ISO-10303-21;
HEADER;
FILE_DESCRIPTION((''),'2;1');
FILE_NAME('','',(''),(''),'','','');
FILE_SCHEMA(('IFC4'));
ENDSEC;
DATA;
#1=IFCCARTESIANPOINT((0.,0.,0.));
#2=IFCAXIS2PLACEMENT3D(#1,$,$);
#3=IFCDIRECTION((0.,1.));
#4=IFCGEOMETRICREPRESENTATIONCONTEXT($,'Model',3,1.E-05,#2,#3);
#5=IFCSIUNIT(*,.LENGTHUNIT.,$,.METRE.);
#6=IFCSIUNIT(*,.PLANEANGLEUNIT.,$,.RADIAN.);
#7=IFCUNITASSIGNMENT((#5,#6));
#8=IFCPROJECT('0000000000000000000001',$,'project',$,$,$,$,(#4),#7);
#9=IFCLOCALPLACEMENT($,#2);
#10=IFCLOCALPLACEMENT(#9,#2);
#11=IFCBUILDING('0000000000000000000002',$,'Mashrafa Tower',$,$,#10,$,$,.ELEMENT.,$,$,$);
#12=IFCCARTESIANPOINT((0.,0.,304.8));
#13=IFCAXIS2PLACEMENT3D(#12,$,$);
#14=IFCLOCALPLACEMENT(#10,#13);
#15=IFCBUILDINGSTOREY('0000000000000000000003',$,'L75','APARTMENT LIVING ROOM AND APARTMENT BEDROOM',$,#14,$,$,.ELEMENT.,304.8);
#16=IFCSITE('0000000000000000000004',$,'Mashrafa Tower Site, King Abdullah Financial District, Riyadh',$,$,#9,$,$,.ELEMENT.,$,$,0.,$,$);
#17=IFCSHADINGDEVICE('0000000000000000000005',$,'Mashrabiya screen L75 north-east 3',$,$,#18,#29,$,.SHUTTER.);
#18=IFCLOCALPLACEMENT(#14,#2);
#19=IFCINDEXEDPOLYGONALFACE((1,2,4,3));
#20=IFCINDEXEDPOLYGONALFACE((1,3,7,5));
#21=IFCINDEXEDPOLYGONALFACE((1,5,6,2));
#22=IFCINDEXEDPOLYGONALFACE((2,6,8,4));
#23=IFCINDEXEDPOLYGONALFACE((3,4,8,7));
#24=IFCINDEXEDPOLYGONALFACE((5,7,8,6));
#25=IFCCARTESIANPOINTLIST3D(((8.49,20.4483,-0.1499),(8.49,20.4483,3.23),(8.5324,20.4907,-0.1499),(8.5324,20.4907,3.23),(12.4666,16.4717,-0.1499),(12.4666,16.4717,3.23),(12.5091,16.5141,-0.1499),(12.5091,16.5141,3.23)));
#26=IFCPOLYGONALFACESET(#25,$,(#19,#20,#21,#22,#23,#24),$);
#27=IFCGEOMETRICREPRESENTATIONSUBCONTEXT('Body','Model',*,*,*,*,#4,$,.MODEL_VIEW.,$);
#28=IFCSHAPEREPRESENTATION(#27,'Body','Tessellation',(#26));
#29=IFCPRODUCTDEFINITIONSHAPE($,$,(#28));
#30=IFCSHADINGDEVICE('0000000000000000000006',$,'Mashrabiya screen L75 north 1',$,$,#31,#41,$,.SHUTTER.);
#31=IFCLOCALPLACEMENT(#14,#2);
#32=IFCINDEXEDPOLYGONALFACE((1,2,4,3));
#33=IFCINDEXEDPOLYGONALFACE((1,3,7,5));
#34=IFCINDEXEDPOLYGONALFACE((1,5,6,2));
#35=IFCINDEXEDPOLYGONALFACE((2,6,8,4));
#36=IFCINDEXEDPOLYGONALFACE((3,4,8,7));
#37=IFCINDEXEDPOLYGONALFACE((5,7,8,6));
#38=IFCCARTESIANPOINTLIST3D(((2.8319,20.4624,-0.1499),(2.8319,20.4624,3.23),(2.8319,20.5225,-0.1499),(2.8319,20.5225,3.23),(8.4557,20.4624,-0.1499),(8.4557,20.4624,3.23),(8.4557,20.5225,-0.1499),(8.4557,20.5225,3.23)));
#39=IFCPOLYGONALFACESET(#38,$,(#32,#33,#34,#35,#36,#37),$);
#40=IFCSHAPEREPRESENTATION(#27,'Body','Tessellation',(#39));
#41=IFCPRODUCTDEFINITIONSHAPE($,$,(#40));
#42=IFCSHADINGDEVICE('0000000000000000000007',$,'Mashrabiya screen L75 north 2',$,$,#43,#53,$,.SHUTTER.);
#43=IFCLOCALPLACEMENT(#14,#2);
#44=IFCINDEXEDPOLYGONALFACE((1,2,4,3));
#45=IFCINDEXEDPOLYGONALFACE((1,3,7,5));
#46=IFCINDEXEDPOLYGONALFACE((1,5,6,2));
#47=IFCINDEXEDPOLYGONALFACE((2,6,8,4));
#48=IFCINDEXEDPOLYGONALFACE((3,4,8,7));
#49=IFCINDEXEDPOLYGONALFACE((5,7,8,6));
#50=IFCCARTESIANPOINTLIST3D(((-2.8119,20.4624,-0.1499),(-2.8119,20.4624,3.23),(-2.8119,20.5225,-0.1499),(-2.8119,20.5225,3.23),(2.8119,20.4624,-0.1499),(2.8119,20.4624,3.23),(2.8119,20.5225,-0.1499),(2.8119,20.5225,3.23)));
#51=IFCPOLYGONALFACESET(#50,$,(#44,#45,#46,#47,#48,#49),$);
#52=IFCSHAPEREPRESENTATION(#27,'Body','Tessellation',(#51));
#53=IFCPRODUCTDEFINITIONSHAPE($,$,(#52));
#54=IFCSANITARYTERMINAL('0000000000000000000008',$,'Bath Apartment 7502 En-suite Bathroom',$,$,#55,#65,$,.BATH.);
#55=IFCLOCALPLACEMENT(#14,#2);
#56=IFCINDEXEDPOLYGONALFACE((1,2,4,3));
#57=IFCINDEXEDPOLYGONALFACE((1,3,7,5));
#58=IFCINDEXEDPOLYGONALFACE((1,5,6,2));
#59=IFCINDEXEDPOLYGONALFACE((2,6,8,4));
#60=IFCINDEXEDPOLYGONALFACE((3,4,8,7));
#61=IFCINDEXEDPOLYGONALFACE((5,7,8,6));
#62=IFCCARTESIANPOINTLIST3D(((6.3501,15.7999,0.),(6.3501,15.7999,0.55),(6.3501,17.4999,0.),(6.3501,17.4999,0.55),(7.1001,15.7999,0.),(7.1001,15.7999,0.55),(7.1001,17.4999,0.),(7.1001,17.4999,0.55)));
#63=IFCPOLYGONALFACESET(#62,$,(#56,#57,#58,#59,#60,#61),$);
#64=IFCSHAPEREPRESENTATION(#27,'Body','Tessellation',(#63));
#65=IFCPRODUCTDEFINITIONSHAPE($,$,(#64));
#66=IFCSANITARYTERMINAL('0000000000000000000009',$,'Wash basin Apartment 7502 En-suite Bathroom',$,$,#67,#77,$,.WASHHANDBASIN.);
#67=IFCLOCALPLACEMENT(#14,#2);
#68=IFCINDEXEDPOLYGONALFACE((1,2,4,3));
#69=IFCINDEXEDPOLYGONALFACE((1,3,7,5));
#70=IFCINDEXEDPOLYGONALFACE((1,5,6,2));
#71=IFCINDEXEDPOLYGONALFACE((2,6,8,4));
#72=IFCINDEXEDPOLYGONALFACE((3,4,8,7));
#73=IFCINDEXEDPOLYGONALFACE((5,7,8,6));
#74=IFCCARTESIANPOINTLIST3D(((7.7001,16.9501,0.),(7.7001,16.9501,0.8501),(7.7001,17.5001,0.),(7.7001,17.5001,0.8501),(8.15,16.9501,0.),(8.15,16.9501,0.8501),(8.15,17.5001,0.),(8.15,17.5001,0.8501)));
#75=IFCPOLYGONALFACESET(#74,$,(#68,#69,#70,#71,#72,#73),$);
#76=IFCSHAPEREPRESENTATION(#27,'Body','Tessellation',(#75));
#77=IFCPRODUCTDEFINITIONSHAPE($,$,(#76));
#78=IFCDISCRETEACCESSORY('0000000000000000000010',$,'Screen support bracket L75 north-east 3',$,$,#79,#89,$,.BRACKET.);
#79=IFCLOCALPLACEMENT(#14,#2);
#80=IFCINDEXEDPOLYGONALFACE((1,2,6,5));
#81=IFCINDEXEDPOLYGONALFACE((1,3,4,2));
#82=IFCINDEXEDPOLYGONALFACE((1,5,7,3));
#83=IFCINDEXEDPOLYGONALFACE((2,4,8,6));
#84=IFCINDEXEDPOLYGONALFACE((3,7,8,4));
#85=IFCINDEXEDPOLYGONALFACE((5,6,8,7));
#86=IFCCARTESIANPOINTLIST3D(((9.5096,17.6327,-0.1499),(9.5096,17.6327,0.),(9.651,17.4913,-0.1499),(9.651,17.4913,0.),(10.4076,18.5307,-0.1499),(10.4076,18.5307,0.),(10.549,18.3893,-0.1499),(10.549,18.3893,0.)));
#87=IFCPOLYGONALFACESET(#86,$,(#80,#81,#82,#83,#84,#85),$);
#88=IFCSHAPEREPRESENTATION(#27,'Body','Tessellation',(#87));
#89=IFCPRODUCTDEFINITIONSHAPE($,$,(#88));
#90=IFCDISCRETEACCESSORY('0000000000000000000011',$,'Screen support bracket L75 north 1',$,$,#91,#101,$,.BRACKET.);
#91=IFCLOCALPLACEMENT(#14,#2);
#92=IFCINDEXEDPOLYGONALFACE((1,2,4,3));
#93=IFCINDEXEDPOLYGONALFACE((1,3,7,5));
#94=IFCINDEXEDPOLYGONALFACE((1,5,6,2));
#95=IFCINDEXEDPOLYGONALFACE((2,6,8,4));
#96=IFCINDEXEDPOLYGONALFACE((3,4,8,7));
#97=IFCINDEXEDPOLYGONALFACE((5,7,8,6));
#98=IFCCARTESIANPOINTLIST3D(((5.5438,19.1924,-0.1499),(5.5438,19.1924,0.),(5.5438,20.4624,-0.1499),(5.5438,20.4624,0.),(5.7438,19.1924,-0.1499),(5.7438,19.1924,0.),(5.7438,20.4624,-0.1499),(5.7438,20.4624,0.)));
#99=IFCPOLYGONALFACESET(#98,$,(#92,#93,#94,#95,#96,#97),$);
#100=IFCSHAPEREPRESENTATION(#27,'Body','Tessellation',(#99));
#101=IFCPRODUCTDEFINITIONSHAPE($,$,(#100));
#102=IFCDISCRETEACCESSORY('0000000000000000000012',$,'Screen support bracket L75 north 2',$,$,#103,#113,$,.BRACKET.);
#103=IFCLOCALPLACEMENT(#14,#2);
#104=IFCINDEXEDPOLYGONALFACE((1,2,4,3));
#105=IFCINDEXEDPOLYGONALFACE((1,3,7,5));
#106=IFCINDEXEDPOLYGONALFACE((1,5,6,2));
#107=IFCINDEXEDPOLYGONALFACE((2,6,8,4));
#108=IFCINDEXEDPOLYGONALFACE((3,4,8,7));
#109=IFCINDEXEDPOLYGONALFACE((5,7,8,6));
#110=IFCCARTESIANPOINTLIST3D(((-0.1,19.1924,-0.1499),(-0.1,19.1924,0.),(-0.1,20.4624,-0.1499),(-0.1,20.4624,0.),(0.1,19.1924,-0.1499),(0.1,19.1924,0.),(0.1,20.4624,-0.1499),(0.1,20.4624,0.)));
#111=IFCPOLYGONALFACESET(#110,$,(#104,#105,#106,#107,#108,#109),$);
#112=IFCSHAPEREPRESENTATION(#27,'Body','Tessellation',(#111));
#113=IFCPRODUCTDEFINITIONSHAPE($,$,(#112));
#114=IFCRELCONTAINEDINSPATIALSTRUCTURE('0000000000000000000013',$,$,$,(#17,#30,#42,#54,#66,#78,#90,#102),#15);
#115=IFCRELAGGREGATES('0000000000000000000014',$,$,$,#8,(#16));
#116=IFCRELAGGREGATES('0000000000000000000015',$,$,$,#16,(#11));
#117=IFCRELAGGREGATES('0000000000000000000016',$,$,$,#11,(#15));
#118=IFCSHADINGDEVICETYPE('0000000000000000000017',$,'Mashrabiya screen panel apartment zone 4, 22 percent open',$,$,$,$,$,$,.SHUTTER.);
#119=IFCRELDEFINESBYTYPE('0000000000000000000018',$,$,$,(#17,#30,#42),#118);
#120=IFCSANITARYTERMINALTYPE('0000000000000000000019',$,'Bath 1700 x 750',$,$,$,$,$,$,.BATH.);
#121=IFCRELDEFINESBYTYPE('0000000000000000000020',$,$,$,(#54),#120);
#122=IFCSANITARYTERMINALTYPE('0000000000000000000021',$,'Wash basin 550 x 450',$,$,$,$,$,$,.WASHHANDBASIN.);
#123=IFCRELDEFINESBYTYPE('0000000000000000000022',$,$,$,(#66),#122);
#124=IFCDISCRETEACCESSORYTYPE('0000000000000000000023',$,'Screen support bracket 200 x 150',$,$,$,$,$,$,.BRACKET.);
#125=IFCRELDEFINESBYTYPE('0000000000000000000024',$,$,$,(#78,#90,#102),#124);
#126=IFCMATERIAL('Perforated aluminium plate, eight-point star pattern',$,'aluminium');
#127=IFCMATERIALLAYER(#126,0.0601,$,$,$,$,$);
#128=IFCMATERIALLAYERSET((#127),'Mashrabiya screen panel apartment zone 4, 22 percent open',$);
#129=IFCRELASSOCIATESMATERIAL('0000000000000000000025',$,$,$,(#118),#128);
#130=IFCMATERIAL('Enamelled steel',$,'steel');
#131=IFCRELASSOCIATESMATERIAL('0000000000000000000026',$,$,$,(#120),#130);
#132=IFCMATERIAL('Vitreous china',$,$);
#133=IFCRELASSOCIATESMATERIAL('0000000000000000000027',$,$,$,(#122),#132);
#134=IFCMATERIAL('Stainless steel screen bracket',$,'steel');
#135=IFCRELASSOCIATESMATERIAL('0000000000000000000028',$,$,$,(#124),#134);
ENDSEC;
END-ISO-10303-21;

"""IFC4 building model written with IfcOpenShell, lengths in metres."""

from ifc_helpers import new_model, si_unit, direction, frame, origin, origin_2d, place, context, subcontext, project, spatial, rectangle, extrude, source, transform, mapped, material, layer, layer_set, type_object, type_shapes, element, save


model = new_model("IFC4")

# Units and contexts
model_context = context("Model", 3, precision=1e-05, world=origin(), true_north=direction((0.0, 1.0)))
body_context = subcontext(model_context, "Body", "Model", "MODEL_VIEW")
ifc_project = project(units=[si_unit("LENGTHUNIT", "METRE"), si_unit("PLANEANGLEUNIT", "RADIAN")], contexts=[model_context])

# Site, building, storey
site_placement = place(None, origin())
site = spatial("IfcSite", under=ifc_project, at=site_placement, Name="Mashrafa Tower Site, King Abdullah Financial District, Riyadh", CompositionType="ELEMENT", RefElevation=0.0)
building_placement = place(site_placement, origin())
building = spatial("IfcBuilding", under=site, at=building_placement, Name="Mashrafa Tower", CompositionType="ELEMENT")
storey_placement = place(building_placement, frame((0.0, 0.0, 304.8)))
storey = spatial("IfcBuildingStorey", under=building, at=storey_placement, Name="L75", Description="APARTMENT LIVING ROOM AND APARTMENT BEDROOM", CompositionType="ELEMENT", Elevation=304.8)

# Shading devices
ifc_material_1 = material(Name="Perforated aluminium plate, eight-point star pattern", Category="aluminium")
ifc_layer_1 = layer(ifc_material_1, 0.0601)
ifc_layer_set_1 = layer_set([ifc_layer_1], Name="Mashrabiya screen panel apartment zone 4, 22 percent open")
shading_device_type = type_object("IfcShadingDeviceType", Name="Mashrabiya screen panel apartment zone 4, 22 percent open", PredefinedType="SHUTTER", material=ifc_layer_set_1)
shared_shape_1 = source(origin(), body_context, "Body", "SweptSolid", [
    extrude(rectangle(XDim=5.6238, YDim=0.0601, at=origin_2d()), origin(), (0.0, 0.0, 1.0), 3.3799),
])
type_shapes(shading_device_type, [shared_shape_1])
for number, where, z_axis, x_axis, name in (
    (1, (10.4995, 18.4812, -0.1499), (0.0, 0.0, 1.0), (-0.707107, 0.707107, 0.0), "Mashrabiya screen L75 north-east 3"),
    (2, (5.6438, 20.4924, -0.1499), (0.0, 0.0, 1.0), (-1.0, 0.0, 0.0), "Mashrabiya screen L75 north 1"),
    (3, (0.0, 20.4924, -0.1499), (0.0, 0.0, 1.0), (-1.0, 0.0, 0.0), "Mashrabiya screen L75 north 2"),
):
    element("IfcShadingDevice", number, at=place(storey_placement, frame(where, z_axis=z_axis, x_axis=x_axis)), inside=storey, type_object=shading_device_type, Name=name, PredefinedType="SHUTTER", context=body_context, shape_type="MappedRepresentation", body=[
        mapped(shared_shape_1, transform((0.0, 0.0, 0.0))),
    ])

# Sanitary terminals
ifc_material_2 = material(Name="Enamelled steel", Category="steel")
sanitary_terminal_type_1 = type_object("IfcSanitaryTerminalType", Name="Bath 1700 x 750", PredefinedType="BATH", material=ifc_material_2)
sanitary_terminal_1_placement = place(storey_placement, frame((6.7251, 16.6499, 0.0), z_axis=(0.0, 0.0, 1.0), x_axis=(0.0, -1.0, 0.0)))
element("IfcSanitaryTerminal", 4, at=sanitary_terminal_1_placement, inside=storey, type_object=sanitary_terminal_type_1, Name="Bath Apartment 7502 En-suite Bathroom", PredefinedType="BATH", context=body_context, shape_type="SweptSolid", body=[
    extrude(rectangle(XDim=1.7, YDim=0.75, at=origin_2d()), origin(), (0.0, 0.0, 1.0), 0.55),
])
ifc_material_3 = material(Name="Vitreous china")
sanitary_terminal_type_2 = type_object("IfcSanitaryTerminalType", Name="Wash basin 550 x 450", PredefinedType="WASHHANDBASIN", material=ifc_material_3)
sanitary_terminal_2_placement = place(storey_placement, frame((7.925, 17.2251, 0.0), z_axis=(0.0, 0.0, 1.0), x_axis=(0.0, 1.0, 0.0)))
element("IfcSanitaryTerminal", 5, at=sanitary_terminal_2_placement, inside=storey, type_object=sanitary_terminal_type_2, Name="Wash basin Apartment 7502 En-suite Bathroom", PredefinedType="WASHHANDBASIN", context=body_context, shape_type="SweptSolid", body=[
    extrude(rectangle(XDim=0.55, YDim=0.45, at=origin_2d()), origin(), (0.0, 0.0, 1.0), 0.8501),
])

# Discrete accessories
ifc_material_4 = material(Name="Stainless steel screen bracket", Category="steel")
discrete_accessory_type = type_object("IfcDiscreteAccessoryType", Name="Screen support bracket 200 x 150", PredefinedType="BRACKET", material=ifc_material_4)
shared_shape_2 = source(origin(), body_context, "Body", "SweptSolid", [
    extrude(rectangle(XDim=0.2, YDim=1.27, at=origin_2d()), origin(), (0.0, 0.0, 1.0), 0.1499),
])
type_shapes(discrete_accessory_type, [shared_shape_2])
for number, where, z_axis, x_axis, name in (
    (6, (10.0293, 18.011, -0.1499), (0.0, 0.0, 1.0), (-0.707107, 0.707107, 0.0), "Screen support bracket L75 north-east 3"),
    (7, (5.6438, 19.8274, -0.1499), (0.0, 0.0, 1.0), (-1.0, 0.0, 0.0), "Screen support bracket L75 north 1"),
    (8, (0.0, 19.8274, -0.1499), (0.0, 0.0, 1.0), (-1.0, 0.0, 0.0), "Screen support bracket L75 north 2"),
):
    element("IfcDiscreteAccessory", number, at=place(storey_placement, frame(where, z_axis=z_axis, x_axis=x_axis)), inside=storey, type_object=discrete_accessory_type, Name=name, PredefinedType="BRACKET", context=body_context, shape_type="MappedRepresentation", body=[
        mapped(shared_shape_2, transform((0.0, 0.0, 0.0))),
    ])

save(model, "model.ifc")
